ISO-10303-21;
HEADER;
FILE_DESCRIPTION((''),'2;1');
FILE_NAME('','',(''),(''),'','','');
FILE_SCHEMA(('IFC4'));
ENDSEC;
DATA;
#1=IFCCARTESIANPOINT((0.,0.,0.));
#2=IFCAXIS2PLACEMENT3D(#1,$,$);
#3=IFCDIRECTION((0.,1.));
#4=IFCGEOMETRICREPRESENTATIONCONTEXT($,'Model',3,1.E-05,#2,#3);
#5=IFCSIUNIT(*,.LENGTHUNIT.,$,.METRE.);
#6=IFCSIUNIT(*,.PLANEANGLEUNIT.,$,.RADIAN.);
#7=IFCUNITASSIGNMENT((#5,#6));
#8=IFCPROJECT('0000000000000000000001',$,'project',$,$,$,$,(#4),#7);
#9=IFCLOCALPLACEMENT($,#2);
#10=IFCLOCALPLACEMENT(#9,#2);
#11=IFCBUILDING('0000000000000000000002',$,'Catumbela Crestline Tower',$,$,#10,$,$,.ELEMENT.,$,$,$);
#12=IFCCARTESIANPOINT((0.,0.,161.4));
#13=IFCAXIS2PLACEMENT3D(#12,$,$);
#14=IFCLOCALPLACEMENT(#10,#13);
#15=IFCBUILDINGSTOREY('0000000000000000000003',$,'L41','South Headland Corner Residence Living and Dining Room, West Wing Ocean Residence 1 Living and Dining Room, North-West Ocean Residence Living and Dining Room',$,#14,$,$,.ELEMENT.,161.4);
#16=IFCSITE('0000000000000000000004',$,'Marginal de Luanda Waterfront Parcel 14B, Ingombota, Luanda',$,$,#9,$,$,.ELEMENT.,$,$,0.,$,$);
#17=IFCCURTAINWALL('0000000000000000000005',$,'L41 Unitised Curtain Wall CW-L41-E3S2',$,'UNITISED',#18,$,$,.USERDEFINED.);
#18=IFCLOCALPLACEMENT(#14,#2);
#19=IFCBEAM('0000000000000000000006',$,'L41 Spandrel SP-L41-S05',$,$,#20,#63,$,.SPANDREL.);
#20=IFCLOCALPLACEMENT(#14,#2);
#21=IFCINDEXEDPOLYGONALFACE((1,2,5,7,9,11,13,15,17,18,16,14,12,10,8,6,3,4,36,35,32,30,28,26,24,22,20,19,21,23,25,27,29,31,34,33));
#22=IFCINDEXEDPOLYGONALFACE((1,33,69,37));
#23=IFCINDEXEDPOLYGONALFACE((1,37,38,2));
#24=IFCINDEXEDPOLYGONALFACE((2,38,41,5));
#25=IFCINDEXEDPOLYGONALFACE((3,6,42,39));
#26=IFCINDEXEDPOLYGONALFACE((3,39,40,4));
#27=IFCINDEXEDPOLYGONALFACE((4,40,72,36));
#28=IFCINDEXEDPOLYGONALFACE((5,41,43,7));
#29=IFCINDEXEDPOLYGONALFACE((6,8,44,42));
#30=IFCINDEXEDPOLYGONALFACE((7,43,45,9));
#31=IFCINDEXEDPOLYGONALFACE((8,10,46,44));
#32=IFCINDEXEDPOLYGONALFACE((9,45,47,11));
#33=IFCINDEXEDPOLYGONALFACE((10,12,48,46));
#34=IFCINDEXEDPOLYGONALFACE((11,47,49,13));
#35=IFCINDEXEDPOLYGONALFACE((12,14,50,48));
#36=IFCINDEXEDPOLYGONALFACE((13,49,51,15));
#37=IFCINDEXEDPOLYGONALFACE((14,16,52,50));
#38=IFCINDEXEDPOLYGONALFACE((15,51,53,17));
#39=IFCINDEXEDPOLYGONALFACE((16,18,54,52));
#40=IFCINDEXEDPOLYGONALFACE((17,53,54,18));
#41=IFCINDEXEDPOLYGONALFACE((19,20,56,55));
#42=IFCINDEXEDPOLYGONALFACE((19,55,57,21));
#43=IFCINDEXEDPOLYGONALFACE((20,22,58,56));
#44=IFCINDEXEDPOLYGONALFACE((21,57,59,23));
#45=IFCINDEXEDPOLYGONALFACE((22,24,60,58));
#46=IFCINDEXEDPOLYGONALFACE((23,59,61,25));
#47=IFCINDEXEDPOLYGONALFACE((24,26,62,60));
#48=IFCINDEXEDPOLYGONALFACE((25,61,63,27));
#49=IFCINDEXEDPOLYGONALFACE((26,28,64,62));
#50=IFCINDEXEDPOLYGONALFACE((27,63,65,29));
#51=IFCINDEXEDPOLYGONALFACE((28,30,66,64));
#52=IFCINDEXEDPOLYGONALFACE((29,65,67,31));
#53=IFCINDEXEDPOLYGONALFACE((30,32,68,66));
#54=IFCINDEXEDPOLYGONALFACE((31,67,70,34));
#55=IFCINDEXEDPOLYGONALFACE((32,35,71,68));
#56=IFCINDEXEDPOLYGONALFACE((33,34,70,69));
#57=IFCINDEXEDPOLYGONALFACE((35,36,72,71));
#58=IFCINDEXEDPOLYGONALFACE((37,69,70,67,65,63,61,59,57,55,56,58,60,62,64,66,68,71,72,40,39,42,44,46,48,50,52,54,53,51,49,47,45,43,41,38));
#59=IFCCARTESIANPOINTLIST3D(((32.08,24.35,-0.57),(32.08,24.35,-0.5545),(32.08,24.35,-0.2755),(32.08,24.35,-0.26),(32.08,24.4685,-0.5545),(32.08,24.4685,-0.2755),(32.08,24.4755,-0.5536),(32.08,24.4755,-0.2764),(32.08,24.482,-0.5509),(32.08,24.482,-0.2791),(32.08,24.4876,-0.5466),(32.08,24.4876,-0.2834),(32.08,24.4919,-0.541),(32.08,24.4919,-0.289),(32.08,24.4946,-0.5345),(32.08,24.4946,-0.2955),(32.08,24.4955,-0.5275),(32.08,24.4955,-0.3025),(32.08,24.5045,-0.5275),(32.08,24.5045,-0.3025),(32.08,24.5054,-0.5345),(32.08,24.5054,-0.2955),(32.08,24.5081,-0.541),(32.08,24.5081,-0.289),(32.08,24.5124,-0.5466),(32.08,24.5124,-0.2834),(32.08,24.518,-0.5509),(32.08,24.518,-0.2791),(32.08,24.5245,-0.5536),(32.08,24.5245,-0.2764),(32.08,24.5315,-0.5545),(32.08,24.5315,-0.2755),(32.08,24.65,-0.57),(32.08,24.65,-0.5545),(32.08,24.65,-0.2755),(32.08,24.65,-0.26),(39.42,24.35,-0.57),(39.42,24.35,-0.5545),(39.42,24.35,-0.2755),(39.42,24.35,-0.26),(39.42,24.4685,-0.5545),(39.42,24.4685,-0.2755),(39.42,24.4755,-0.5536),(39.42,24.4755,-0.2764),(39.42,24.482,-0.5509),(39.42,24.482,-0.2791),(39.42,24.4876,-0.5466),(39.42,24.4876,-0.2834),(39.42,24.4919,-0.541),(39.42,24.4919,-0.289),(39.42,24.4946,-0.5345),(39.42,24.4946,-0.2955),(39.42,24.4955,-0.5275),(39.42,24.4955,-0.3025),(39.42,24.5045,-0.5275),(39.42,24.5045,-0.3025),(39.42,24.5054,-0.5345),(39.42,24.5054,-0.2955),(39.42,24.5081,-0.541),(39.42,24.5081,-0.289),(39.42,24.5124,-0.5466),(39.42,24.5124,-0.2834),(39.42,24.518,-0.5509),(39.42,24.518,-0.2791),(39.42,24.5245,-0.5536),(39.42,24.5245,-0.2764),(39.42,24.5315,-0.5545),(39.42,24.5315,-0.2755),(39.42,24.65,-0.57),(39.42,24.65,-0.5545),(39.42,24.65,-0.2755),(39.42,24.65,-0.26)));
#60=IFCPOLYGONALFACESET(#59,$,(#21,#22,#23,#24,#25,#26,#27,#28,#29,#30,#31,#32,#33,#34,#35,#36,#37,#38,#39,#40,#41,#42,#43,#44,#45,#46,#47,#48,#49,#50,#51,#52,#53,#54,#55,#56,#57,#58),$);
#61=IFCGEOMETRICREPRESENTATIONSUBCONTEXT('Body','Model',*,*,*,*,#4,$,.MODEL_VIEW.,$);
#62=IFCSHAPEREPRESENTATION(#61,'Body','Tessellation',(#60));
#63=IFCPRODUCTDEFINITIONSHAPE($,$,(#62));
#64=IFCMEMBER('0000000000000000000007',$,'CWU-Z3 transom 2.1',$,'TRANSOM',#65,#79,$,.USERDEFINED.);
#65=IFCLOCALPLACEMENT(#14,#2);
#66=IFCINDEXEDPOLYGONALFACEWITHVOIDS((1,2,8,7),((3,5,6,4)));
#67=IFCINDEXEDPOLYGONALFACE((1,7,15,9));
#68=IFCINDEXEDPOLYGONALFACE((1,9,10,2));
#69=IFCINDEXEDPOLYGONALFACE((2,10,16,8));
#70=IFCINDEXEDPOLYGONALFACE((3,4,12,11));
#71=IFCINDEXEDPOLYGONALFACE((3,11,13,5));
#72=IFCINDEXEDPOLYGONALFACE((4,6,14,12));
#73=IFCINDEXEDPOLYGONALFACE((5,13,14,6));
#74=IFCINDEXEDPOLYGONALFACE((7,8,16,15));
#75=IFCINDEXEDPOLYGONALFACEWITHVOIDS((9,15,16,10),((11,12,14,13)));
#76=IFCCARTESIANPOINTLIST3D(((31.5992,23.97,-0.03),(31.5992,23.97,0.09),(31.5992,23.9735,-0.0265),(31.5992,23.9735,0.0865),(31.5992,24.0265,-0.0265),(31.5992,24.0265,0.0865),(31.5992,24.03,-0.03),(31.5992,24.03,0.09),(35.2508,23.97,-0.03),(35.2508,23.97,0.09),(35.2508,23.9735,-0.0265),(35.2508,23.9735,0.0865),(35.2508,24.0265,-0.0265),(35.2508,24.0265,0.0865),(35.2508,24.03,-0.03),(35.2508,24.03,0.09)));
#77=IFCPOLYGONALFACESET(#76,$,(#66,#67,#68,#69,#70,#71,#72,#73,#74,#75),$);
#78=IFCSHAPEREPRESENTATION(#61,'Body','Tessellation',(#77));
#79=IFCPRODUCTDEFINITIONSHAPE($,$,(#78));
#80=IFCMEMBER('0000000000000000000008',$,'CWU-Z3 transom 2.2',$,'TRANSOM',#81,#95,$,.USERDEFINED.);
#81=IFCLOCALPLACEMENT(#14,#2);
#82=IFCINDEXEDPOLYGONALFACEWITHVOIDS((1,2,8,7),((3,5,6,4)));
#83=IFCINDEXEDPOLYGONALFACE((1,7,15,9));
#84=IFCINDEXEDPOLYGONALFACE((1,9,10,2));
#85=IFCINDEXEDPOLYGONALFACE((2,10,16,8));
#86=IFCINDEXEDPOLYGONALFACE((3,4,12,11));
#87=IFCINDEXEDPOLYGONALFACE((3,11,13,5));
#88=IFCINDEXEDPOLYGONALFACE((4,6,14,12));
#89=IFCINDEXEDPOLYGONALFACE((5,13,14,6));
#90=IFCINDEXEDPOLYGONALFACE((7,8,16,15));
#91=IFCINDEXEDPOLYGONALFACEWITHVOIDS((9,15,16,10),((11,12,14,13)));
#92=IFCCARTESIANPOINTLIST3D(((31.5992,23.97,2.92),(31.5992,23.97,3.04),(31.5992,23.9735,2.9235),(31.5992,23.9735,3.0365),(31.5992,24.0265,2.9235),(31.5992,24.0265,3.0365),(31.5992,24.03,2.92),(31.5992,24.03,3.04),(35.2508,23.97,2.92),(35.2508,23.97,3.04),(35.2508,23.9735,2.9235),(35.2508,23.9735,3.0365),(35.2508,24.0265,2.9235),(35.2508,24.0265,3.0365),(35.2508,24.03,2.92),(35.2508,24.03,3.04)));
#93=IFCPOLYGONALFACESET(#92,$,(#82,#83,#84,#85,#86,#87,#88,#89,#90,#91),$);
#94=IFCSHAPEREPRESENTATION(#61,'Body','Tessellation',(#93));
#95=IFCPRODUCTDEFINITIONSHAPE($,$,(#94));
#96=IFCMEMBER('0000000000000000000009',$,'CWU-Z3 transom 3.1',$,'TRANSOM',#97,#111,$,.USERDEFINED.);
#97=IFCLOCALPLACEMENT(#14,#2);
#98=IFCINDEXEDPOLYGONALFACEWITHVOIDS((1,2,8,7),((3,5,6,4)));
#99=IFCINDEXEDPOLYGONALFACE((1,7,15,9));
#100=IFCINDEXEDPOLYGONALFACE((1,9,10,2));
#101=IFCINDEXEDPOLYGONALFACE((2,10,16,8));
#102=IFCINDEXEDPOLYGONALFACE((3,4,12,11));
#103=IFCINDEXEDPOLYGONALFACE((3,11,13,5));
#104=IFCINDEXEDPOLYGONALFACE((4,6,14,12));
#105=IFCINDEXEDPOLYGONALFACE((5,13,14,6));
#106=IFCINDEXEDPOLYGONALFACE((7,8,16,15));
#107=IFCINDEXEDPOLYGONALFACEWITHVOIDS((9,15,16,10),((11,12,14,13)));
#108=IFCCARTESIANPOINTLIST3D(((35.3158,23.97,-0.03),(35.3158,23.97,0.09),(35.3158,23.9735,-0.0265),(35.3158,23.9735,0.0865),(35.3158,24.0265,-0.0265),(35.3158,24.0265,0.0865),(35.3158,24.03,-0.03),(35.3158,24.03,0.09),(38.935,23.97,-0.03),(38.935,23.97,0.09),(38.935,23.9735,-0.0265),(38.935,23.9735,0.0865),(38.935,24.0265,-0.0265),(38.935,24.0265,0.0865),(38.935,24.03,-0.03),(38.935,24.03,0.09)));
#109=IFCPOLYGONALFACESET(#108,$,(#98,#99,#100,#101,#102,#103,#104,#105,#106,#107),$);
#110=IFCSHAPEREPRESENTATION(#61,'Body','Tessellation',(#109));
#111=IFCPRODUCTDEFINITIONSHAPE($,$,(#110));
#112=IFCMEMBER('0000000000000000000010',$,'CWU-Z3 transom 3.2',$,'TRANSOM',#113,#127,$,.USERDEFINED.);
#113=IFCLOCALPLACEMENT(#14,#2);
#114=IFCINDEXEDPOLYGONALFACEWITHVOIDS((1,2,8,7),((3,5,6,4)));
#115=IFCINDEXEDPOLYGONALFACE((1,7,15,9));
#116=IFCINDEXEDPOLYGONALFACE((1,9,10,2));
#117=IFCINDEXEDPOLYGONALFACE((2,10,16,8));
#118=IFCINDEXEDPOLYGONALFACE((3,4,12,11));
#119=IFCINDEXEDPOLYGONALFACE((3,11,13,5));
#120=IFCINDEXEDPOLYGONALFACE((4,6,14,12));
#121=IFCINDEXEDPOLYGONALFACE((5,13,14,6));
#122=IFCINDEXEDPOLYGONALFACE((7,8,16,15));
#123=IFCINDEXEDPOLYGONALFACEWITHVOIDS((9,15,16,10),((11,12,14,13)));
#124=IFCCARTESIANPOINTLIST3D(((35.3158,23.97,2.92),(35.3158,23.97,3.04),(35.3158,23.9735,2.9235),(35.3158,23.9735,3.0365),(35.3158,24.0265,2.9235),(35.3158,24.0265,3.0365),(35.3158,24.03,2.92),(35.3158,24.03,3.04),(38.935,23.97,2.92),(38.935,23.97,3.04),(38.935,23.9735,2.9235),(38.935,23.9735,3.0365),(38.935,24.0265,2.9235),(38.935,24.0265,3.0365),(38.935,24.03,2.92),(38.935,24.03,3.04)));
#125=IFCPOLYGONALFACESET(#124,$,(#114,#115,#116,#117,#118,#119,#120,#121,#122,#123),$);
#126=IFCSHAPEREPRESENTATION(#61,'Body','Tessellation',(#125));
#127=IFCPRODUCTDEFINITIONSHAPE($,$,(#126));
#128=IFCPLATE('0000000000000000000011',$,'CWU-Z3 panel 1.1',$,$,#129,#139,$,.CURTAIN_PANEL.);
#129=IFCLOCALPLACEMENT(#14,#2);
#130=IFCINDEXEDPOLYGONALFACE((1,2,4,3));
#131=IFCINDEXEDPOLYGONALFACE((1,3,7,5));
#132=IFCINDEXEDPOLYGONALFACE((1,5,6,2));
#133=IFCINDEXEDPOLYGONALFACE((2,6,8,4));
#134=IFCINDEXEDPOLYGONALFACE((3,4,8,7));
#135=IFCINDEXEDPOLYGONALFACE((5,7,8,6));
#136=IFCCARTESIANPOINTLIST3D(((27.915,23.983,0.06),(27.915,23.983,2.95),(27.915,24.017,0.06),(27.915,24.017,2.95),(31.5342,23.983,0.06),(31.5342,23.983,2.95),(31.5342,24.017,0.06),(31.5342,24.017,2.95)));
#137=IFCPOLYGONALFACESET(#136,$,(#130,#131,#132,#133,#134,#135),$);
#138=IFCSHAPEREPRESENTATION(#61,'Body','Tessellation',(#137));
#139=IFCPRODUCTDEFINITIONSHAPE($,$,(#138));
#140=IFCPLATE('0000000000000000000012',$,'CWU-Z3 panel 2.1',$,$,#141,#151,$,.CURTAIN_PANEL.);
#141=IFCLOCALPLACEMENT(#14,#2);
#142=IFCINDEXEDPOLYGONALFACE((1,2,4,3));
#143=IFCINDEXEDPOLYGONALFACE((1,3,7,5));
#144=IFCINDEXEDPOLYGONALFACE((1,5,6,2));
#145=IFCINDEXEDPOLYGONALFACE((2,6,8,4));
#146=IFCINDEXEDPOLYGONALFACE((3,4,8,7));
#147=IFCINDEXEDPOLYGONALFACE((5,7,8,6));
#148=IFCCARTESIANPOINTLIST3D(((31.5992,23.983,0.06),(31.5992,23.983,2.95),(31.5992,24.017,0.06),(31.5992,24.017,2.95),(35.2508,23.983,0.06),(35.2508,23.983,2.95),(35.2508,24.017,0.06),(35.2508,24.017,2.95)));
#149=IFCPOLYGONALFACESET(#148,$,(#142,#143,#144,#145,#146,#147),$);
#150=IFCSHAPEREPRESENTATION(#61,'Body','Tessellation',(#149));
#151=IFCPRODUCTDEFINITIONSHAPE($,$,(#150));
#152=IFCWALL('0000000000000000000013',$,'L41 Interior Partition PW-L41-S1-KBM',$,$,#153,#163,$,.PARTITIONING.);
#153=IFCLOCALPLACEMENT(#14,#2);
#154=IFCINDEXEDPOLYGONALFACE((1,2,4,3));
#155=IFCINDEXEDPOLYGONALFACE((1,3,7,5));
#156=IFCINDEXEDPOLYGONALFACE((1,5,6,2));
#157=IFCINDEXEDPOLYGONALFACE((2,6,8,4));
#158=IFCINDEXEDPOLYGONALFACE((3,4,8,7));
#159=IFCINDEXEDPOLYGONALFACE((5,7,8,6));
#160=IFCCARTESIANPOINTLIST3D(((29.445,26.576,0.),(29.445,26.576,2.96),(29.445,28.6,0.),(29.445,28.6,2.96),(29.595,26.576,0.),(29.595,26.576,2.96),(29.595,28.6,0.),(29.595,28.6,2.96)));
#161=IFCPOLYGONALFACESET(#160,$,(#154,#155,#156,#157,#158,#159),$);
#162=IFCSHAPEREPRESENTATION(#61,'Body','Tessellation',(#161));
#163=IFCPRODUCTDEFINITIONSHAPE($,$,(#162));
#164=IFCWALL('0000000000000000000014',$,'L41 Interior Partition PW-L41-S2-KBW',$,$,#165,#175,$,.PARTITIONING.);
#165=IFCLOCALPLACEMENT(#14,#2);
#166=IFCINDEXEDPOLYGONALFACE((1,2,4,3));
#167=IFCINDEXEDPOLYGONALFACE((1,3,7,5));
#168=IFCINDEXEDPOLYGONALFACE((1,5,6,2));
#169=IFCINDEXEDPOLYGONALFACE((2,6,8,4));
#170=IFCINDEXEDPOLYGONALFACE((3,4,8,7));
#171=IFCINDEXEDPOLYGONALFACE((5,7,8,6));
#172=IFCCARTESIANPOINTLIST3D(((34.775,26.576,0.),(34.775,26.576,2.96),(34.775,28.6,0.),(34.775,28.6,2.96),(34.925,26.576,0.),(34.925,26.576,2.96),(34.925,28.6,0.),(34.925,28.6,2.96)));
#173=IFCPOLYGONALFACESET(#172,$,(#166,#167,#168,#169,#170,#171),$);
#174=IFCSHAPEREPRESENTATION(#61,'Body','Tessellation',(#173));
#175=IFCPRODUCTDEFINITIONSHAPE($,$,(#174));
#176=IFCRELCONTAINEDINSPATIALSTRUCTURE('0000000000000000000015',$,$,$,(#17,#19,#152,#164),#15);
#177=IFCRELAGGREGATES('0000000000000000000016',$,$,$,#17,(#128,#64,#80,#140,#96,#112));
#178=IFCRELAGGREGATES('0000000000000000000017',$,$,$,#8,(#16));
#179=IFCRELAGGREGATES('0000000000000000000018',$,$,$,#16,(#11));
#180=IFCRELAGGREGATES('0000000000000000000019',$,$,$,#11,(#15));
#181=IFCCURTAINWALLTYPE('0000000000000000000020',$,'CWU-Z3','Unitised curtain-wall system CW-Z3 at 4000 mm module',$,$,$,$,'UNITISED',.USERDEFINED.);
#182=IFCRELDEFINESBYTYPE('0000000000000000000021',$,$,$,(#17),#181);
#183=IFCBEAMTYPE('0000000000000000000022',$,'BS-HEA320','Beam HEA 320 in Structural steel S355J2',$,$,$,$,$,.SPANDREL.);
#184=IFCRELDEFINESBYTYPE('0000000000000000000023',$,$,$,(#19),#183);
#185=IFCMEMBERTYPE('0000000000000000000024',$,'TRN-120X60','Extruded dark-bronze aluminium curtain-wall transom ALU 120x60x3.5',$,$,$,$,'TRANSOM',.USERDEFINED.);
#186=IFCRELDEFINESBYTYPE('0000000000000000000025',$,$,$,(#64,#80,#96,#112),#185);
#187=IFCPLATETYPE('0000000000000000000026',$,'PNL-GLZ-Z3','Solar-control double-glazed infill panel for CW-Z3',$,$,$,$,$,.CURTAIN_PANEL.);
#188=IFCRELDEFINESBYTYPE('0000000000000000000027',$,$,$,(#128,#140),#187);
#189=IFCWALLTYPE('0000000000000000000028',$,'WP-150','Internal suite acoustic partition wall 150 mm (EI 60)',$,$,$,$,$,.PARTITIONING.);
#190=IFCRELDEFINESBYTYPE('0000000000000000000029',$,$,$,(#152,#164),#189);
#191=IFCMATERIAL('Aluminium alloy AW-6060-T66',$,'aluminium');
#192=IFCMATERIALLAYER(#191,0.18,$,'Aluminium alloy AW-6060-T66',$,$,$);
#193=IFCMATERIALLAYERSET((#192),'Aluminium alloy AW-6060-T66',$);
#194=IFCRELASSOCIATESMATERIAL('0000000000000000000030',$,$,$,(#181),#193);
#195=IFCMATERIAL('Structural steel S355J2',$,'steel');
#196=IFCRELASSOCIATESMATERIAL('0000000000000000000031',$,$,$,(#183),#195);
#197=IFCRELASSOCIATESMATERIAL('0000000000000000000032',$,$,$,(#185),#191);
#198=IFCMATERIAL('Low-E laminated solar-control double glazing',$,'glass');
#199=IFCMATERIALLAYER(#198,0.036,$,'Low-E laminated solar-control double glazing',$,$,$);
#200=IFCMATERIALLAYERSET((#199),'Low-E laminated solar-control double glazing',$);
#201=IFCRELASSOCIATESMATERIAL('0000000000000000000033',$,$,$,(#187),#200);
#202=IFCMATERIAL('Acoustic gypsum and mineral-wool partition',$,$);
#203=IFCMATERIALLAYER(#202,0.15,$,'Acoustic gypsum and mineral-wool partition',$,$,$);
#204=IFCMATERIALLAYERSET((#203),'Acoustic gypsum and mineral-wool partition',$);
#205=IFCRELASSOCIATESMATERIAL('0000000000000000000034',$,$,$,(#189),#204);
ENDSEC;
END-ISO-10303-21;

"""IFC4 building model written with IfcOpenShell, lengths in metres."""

from ifc_helpers import new_model, si_unit, direction, frame, frame_2d, origin, origin_2d, place, context, subcontext, project, spatial, rectangle, hollow_rectangle, i_section, extrude, material, layer, layer_set, material_profile, profile_set, type_object, element, aggregate, save


model = new_model("IFC4")

# Units and contexts
model_context = context("Model", 3, precision=1e-05, world=origin(), true_north=direction((0.0, 1.0)))
body_context = subcontext(model_context, "Body", "Model", "MODEL_VIEW")
ifc_project = project(units=[si_unit("LENGTHUNIT", "METRE"), si_unit("PLANEANGLEUNIT", "RADIAN")], contexts=[model_context])

# Site, building, storey
site_placement = place(None, origin())
site = spatial("IfcSite", under=ifc_project, at=site_placement, Name="Marginal de Luanda Waterfront Parcel 14B, Ingombota, Luanda", CompositionType="ELEMENT", RefElevation=0.0)
building_placement = place(site_placement, origin())
building = spatial("IfcBuilding", under=site, at=building_placement, Name="Catumbela Crestline Tower", CompositionType="ELEMENT")
storey_placement = place(building_placement, frame((0.0, 0.0, 161.4)))
storey = spatial("IfcBuildingStorey", under=building, at=storey_placement, Name="L41", Description="South Headland Corner Residence Living and Dining Room, West Wing Ocean Residence 1 Living and Dining Room, North-West Ocean Residence Living and Dining Room", CompositionType="ELEMENT", Elevation=161.4)

# Shared definitions
ifc_material_1 = material(Name="Structural steel S355J2", Category="steel")

# Curtain wall
ifc_material_2 = material(Name="Aluminium alloy AW-6060-T66", Category="aluminium")
ifc_layer_1 = layer(ifc_material_2, 0.18, Name="Aluminium alloy AW-6060-T66")
ifc_layer_set_1 = layer_set([ifc_layer_1], Name="Aluminium alloy AW-6060-T66")
curtain_wall_type = type_object("IfcCurtainWallType", Name="CWU-Z3", Description="Unitised curtain-wall system CW-Z3 at 4000 mm module", ElementType="UNITISED", PredefinedType="USERDEFINED", material=ifc_layer_set_1)
curtain_wall_placement = place(storey_placement, origin())
curtain_wall = element("IfcCurtainWall", 1, at=curtain_wall_placement, inside=storey, type_object=curtain_wall_type, Name="L41 Unitised Curtain Wall CW-L41-E3S2", ObjectType="UNITISED", PredefinedType="USERDEFINED")

# Beam
ifc_material_profile_1 = material_profile(ifc_material_1, i_section(OverallWidth=0.3, OverallDepth=0.31, WebThickness=0.009, FlangeThickness=0.0155, FilletRadius=0.027, at=origin_2d()), Name="HEA 320")
ifc_profile_set_1 = profile_set([ifc_material_profile_1], Name="Structural steel S355J2")
beam_type_1 = type_object("IfcBeamType", Name="BS-HEA320", Description="Beam HEA 320 in Structural steel S355J2", PredefinedType="SPANDREL", material=ifc_profile_set_1)
beam_1_placement = place(storey_placement, frame((32.08, 24.5, -0.415), z_axis=(1.0, 0.0, 0.0), x_axis=(0.0, 1.0, 0.0)))
element("IfcBeam", 2, at=beam_1_placement, inside=storey, type_object=beam_type_1, Name="L41 Spandrel SP-L41-S05", PredefinedType="SPANDREL", context=body_context, shape_type="SweptSolid", body=[
    extrude(i_section(OverallWidth=0.3, OverallDepth=0.31, WebThickness=0.009, FlangeThickness=0.0155, FilletRadius=0.027, at=origin_2d()), origin(), (0.0, 0.0, 1.0), 7.34),
])

# Members
ifc_material_profile_2 = material_profile(ifc_material_2, hollow_rectangle(XDim=0.06, YDim=0.12, WallThickness=0.0035, at=origin_2d()), Name="ALU 120x60x3.5")
ifc_profile_set_2 = profile_set([ifc_material_profile_2], Name="Aluminium alloy AW-6060-T66")
member_type_1 = type_object("IfcMemberType", Name="TRN-120X60", Description="Extruded dark-bronze aluminium curtain-wall transom ALU 120x60x3.5", ElementType="TRANSOM", PredefinedType="USERDEFINED", material=ifc_profile_set_2)
member_1_placement = place(storey_placement, frame((31.5992, 24.0, 0.03), z_axis=(1.0, 0.0, 0.0), x_axis=(0.0, 1.0, 0.0)))
member_1 = element("IfcMember", 3, at=member_1_placement, type_object=member_type_1, Name="CWU-Z3 transom 2.1", ObjectType="TRANSOM", PredefinedType="USERDEFINED", context=body_context, shape_type="SweptSolid", body=[
    extrude(hollow_rectangle(XDim=0.06, YDim=0.12, WallThickness=0.0035, at=origin_2d()), origin(), (0.0, 0.0, 1.0), 3.6516),
])
member_2_placement = place(storey_placement, frame((31.5992, 24.0, 2.98), z_axis=(1.0, 0.0, 0.0), x_axis=(0.0, 1.0, 0.0)))
member_2 = element("IfcMember", 4, at=member_2_placement, type_object=member_type_1, Name="CWU-Z3 transom 2.2", ObjectType="TRANSOM", PredefinedType="USERDEFINED", context=body_context, shape_type="SweptSolid", body=[
    extrude(hollow_rectangle(XDim=0.06, YDim=0.12, WallThickness=0.0035, at=origin_2d()), origin(), (0.0, 0.0, 1.0), 3.6516),
])
member_3_placement = place(storey_placement, frame((35.3158, 24.0, 0.03), z_axis=(1.0, 0.0, 0.0), x_axis=(0.0, 1.0, 0.0)))
member_3 = element("IfcMember", 5, at=member_3_placement, type_object=member_type_1, Name="CWU-Z3 transom 3.1", ObjectType="TRANSOM", PredefinedType="USERDEFINED", context=body_context, shape_type="SweptSolid", body=[
    extrude(hollow_rectangle(XDim=0.06, YDim=0.12, WallThickness=0.0035, at=origin_2d()), origin(), (0.0, 0.0, 1.0), 3.6192),
])
member_4_placement = place(storey_placement, frame((35.3158, 24.0, 2.98), z_axis=(1.0, 0.0, 0.0), x_axis=(0.0, 1.0, 0.0)))
member_4 = element("IfcMember", 6, at=member_4_placement, type_object=member_type_1, Name="CWU-Z3 transom 3.2", ObjectType="TRANSOM", PredefinedType="USERDEFINED", context=body_context, shape_type="SweptSolid", body=[
    extrude(hollow_rectangle(XDim=0.06, YDim=0.12, WallThickness=0.0035, at=origin_2d()), origin(), (0.0, 0.0, 1.0), 3.6192),
])

# Plates
ifc_material_3 = material(Name="Low-E laminated solar-control double glazing", Category="glass")
ifc_layer_2 = layer(ifc_material_3, 0.036, Name="Low-E laminated solar-control double glazing")
ifc_layer_set_2 = layer_set([ifc_layer_2], Name="Low-E laminated solar-control double glazing")
plate_type = type_object("IfcPlateType", Name="PNL-GLZ-Z3", Description="Solar-control double-glazed infill panel for CW-Z3", PredefinedType="CURTAIN_PANEL", material=ifc_layer_set_2)
plate_1_placement = place(storey_placement, frame((29.7246, 24.0, 0.06), z_axis=(0.0, 0.0, 1.0), x_axis=(1.0, 0.0, 0.0)))
plate_1 = element("IfcPlate", 7, at=plate_1_placement, type_object=plate_type, Name="CWU-Z3 panel 1.1", PredefinedType="CURTAIN_PANEL", context=body_context, shape_type="SweptSolid", body=[
    extrude(rectangle(XDim=3.6192, YDim=0.034, at=origin_2d()), origin(), (0.0, 0.0, 1.0), 2.89),
])
plate_2_placement = place(storey_placement, frame((33.425, 24.0, 0.06), z_axis=(0.0, 0.0, 1.0), x_axis=(1.0, 0.0, 0.0)))
plate_2 = element("IfcPlate", 8, at=plate_2_placement, type_object=plate_type, Name="CWU-Z3 panel 2.1", PredefinedType="CURTAIN_PANEL", context=body_context, shape_type="SweptSolid", body=[
    extrude(rectangle(XDim=3.6517, YDim=0.034, at=origin_2d()), origin(), (0.0, 0.0, 1.0), 2.89),
])
aggregate(curtain_wall, [plate_1, member_1, member_2, plate_2, member_3, member_4])

# Walls
ifc_material_4 = material(Name="Acoustic gypsum and mineral-wool partition")
ifc_layer_3 = layer(ifc_material_4, 0.15, Name="Acoustic gypsum and mineral-wool partition")
ifc_layer_set_3 = layer_set([ifc_layer_3], Name="Acoustic gypsum and mineral-wool partition")
wall_type_1 = type_object("IfcWallType", Name="WP-150", Description="Internal suite acoustic partition wall 150 mm (EI 60)", PredefinedType="PARTITIONING", material=ifc_layer_set_3)
for number, where, z_axis, x_axis, name in (
    (9, (29.52, 26.576, 0.0), (0.0, 0.0, 1.0), (0.0, 1.0, 0.0), "L41 Interior Partition PW-L41-S1-KBM"),
    (10, (34.85, 26.576, 0.0), (0.0, 0.0, 1.0), (0.0, 1.0, 0.0), "L41 Interior Partition PW-L41-S2-KBW"),
):
    element("IfcWall", number, at=place(storey_placement, frame(where, z_axis=z_axis, x_axis=x_axis)), inside=storey, type_object=wall_type_1, Name=name, PredefinedType="PARTITIONING", context=body_context, shape_type="SweptSolid", body=[
        extrude(rectangle(XDim=2.024, YDim=0.15, at=frame_2d((1.012, 0.0))), origin(), (0.0, 0.0, 1.0), 2.96),
    ])

save(model, "model.ifc")
